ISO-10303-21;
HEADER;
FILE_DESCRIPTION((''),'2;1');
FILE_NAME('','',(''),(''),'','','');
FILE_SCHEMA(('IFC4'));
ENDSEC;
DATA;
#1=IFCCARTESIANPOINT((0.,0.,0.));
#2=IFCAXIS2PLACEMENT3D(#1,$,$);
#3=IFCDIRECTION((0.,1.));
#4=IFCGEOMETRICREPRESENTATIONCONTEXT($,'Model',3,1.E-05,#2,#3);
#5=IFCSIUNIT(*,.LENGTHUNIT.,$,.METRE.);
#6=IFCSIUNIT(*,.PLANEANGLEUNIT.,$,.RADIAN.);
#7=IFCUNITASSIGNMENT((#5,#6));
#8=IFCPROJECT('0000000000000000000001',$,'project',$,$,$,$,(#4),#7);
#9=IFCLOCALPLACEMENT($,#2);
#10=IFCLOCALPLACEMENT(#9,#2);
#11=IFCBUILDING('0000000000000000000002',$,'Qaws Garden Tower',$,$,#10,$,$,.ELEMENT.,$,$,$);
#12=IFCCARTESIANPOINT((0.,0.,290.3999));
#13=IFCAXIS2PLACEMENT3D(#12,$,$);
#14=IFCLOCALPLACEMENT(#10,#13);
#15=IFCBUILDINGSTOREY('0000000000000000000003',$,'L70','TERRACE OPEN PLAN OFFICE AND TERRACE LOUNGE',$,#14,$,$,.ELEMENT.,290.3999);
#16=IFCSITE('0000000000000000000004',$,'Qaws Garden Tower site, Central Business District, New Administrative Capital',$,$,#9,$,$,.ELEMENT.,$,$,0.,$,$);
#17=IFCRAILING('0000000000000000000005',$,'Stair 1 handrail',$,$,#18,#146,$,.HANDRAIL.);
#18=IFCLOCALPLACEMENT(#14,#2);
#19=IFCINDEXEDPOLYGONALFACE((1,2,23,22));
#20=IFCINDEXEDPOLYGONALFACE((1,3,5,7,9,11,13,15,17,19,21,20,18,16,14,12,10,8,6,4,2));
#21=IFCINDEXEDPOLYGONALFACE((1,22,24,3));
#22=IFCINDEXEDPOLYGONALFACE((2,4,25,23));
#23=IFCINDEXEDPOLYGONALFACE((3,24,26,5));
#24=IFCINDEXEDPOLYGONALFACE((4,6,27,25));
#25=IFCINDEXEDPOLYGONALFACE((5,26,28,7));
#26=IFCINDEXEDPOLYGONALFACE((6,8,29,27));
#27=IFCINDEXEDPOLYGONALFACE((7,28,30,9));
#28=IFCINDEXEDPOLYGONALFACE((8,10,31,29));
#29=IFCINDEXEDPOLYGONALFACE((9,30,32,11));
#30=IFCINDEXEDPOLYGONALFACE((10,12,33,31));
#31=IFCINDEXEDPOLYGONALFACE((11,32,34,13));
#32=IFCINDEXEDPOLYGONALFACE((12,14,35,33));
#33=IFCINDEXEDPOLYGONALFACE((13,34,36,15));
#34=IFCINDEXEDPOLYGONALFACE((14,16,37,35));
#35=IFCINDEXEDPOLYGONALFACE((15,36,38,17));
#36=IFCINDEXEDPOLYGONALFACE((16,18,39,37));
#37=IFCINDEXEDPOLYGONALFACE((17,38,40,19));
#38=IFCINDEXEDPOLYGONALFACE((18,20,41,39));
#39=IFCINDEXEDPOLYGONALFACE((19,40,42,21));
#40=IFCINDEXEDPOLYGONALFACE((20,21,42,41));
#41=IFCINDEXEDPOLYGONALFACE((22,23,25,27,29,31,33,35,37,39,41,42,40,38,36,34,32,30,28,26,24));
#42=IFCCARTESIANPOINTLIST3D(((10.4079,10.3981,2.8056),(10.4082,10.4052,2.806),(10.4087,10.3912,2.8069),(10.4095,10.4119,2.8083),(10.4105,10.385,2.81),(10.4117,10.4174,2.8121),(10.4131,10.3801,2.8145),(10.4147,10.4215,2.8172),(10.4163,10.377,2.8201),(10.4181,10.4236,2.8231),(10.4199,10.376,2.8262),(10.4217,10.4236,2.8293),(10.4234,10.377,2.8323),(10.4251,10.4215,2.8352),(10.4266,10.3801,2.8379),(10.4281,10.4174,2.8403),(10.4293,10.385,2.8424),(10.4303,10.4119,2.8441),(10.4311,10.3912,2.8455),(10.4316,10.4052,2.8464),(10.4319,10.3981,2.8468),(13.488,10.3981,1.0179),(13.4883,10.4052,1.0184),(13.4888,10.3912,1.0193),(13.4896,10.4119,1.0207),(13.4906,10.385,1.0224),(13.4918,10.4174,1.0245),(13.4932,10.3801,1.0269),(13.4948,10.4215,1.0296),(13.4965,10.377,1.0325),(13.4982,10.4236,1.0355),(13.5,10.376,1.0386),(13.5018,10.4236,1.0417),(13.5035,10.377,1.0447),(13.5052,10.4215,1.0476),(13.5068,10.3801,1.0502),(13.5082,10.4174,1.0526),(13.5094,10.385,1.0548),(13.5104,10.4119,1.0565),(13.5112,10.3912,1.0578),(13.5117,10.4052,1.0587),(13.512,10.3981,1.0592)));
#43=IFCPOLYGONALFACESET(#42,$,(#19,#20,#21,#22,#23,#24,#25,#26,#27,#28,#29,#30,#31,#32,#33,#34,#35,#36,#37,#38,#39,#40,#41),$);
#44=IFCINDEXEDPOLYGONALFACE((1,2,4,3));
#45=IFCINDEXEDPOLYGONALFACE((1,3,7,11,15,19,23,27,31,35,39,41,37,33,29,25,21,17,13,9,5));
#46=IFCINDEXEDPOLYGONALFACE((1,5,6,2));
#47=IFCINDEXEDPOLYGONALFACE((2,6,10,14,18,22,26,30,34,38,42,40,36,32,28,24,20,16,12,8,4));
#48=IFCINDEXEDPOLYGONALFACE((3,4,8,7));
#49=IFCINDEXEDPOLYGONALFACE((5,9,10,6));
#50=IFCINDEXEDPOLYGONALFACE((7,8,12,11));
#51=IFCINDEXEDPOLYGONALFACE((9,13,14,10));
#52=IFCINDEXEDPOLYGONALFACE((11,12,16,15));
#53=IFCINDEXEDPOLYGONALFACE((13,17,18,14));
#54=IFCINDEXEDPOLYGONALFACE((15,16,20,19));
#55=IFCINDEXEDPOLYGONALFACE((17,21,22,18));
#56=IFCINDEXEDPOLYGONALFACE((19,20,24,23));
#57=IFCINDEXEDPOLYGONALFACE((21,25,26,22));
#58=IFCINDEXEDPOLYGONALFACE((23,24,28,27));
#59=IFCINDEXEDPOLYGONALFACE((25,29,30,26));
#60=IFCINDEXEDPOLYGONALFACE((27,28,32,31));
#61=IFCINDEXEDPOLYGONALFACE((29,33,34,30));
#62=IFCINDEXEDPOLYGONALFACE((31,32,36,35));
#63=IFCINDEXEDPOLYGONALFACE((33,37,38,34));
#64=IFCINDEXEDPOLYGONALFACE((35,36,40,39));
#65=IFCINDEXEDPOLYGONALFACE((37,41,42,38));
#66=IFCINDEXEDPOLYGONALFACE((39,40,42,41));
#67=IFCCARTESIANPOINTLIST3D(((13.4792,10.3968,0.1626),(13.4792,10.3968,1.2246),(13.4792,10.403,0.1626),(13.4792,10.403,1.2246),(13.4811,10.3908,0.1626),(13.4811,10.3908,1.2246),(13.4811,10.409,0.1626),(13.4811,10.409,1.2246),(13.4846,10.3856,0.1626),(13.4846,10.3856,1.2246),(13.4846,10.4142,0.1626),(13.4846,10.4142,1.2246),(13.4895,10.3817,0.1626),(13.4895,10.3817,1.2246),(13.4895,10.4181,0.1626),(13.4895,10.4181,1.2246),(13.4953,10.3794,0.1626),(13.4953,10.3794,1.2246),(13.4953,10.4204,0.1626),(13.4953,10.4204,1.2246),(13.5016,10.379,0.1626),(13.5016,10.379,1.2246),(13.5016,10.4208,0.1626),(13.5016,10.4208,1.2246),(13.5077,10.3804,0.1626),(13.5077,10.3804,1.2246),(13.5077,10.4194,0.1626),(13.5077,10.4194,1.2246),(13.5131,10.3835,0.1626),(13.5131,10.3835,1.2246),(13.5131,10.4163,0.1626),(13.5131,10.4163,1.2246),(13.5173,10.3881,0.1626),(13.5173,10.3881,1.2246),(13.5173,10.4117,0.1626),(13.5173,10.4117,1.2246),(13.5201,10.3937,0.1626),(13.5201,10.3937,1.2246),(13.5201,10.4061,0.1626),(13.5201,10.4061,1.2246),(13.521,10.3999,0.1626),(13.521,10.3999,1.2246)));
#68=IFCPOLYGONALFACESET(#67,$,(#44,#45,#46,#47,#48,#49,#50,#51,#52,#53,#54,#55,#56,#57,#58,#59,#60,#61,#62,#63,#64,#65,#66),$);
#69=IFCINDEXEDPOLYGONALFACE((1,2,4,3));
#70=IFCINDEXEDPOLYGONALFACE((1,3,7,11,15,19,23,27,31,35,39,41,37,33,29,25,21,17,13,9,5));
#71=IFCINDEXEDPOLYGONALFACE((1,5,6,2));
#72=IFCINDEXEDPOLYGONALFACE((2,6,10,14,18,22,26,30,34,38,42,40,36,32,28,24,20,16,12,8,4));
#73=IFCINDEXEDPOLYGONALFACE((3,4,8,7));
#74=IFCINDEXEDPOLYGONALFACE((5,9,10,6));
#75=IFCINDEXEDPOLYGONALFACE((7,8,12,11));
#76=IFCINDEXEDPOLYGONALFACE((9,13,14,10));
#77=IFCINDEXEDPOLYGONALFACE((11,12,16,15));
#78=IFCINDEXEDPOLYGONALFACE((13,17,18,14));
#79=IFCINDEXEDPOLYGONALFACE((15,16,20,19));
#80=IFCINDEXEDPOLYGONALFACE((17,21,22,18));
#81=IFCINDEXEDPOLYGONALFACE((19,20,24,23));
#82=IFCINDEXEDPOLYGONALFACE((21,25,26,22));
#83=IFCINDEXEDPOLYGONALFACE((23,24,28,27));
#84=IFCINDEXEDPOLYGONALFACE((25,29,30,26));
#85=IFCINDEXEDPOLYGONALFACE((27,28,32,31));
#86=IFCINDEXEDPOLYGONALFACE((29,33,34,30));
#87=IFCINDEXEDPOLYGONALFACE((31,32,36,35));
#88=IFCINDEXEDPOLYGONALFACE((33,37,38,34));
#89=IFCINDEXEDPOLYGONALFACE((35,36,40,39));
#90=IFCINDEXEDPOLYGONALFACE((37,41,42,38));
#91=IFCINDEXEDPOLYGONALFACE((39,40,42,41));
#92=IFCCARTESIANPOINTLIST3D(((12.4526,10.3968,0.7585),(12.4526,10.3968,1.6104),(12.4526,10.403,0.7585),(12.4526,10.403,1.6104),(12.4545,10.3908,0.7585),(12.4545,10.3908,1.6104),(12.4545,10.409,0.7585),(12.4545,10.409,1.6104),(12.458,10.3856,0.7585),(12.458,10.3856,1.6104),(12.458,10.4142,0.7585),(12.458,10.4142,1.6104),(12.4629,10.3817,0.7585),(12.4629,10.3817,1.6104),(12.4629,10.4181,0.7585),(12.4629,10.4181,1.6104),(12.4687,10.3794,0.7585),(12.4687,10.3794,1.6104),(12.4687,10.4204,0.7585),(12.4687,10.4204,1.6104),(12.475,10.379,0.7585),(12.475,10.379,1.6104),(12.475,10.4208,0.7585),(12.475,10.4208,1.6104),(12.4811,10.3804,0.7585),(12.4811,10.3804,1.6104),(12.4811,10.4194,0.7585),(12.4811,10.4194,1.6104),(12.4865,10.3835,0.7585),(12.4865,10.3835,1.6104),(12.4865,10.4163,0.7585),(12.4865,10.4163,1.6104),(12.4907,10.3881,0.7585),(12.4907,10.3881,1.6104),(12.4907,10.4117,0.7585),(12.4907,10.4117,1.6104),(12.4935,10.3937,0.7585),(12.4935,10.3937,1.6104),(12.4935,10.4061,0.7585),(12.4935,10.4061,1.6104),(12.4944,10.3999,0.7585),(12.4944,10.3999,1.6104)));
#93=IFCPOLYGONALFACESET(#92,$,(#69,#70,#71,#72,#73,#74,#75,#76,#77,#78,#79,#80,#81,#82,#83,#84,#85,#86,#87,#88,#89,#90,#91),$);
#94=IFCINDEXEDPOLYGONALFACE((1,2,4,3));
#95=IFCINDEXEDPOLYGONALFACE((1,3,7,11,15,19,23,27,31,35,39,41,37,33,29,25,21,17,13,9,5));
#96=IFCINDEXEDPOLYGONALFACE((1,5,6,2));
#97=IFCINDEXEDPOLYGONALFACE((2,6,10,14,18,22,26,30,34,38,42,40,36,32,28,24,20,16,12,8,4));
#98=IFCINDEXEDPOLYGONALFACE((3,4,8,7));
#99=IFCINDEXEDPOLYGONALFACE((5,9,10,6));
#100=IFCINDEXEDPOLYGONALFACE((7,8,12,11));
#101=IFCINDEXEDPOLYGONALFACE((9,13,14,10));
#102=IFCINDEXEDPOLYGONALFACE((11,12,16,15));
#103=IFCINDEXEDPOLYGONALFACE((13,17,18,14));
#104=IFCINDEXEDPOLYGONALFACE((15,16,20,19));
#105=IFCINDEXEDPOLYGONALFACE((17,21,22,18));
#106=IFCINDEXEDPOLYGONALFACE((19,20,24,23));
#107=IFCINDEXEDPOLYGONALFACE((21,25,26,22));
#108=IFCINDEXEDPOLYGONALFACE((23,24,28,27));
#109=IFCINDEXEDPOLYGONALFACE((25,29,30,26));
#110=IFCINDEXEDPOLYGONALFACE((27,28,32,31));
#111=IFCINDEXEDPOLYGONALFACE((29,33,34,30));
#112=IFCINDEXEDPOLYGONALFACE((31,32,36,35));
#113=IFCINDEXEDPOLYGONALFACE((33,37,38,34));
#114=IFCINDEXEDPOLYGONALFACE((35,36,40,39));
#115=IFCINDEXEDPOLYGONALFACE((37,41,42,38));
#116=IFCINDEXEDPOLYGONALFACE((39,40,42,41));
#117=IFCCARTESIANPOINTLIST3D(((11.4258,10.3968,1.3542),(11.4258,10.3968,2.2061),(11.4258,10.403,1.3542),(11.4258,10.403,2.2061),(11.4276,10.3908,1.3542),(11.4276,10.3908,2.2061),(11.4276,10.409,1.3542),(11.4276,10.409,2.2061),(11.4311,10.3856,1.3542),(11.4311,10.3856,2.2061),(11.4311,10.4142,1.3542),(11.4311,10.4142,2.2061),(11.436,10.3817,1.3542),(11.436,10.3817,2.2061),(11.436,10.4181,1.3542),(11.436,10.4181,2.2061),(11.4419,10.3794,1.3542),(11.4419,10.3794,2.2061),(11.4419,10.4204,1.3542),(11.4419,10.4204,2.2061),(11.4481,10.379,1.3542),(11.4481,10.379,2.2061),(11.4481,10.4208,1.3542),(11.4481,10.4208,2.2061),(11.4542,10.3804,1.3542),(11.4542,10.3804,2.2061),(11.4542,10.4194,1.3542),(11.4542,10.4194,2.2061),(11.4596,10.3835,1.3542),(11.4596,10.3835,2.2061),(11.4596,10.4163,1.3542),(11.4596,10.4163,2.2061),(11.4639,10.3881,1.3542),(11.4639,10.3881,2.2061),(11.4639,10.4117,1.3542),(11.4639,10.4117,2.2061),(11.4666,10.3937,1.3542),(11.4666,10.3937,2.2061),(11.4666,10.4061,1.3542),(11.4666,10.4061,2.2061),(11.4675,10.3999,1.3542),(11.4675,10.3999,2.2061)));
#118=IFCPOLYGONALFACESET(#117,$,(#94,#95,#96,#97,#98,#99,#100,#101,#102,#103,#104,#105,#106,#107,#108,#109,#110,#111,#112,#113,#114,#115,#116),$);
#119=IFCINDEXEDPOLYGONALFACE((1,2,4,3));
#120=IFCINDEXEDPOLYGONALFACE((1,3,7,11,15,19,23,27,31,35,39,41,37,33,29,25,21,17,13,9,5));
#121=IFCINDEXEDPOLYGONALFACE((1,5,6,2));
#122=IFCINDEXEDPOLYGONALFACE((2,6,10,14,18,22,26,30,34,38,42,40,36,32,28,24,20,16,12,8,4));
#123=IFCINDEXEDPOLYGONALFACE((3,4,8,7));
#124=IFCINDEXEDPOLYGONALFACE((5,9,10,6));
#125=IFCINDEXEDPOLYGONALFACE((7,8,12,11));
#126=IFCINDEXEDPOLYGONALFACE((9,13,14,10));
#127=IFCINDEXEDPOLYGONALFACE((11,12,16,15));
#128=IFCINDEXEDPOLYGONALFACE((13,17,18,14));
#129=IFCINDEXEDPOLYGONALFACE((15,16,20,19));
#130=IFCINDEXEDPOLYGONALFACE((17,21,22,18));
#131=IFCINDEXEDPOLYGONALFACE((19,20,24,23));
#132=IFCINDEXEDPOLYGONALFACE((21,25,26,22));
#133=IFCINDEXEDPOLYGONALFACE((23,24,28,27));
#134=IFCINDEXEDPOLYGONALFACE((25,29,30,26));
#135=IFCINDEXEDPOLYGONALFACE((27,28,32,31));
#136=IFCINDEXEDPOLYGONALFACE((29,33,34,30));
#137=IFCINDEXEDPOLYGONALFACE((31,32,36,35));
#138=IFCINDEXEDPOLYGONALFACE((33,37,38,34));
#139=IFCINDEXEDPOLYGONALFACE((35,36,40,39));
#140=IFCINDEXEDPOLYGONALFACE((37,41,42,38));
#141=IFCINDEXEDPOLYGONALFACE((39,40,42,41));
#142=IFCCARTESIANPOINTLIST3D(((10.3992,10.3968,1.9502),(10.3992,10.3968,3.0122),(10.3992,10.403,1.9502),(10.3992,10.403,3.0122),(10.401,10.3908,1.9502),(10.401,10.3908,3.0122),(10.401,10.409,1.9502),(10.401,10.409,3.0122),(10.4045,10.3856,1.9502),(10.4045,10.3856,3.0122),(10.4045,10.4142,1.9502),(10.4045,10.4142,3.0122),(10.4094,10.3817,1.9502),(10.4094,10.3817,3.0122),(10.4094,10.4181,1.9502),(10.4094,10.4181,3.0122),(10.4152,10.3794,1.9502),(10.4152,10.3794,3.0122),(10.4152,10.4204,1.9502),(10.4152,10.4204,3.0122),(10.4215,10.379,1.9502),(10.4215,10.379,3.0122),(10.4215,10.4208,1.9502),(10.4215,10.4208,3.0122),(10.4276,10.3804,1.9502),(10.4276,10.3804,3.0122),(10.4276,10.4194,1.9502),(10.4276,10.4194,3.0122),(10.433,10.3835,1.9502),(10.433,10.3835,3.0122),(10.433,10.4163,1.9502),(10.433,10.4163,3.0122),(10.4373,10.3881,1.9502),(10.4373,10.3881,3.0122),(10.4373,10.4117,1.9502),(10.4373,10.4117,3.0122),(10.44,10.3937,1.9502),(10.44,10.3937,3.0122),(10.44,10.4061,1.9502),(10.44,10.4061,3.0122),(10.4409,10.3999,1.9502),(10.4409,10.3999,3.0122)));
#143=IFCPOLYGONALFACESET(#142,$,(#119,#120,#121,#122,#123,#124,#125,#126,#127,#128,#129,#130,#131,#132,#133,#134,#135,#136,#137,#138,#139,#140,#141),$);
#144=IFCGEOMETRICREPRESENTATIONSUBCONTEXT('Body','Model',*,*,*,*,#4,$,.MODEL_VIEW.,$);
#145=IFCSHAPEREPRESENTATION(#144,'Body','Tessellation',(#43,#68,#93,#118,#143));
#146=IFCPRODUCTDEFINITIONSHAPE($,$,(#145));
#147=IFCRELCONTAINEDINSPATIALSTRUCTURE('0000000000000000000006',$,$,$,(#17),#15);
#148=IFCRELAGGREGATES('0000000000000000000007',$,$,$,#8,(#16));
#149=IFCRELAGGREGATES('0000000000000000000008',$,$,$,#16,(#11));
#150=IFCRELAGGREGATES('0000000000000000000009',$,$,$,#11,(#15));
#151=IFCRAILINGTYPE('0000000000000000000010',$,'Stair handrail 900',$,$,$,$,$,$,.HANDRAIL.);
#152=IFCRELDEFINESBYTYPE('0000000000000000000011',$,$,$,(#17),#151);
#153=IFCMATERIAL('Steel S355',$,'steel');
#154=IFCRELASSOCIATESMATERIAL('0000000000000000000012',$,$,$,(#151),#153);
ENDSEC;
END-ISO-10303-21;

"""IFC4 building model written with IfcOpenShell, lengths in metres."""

from ifc_helpers import new_model, si_unit, direction, frame, origin, origin_2d, place, context, subcontext, project, spatial, circle, extrude, material, type_object, element, save


model = new_model("IFC4")

# Units and contexts
model_context = context("Model", 3, precision=1e-05, world=origin(), true_north=direction((0.0, 1.0)))
body_context = subcontext(model_context, "Body", "Model", "MODEL_VIEW")
ifc_project = project(units=[si_unit("LENGTHUNIT", "METRE"), si_unit("PLANEANGLEUNIT", "RADIAN")], contexts=[model_context])

# Site, building, storey
site_placement = place(None, origin())
site = spatial("IfcSite", under=ifc_project, at=site_placement, Name="Qaws Garden Tower site, Central Business District, New Administrative Capital", CompositionType="ELEMENT", RefElevation=0.0)
building_placement = place(site_placement, origin())
building = spatial("IfcBuilding", under=site, at=building_placement, Name="Qaws Garden Tower", CompositionType="ELEMENT")
storey_placement = place(building_placement, frame((0.0, 0.0, 290.3999)))
storey = spatial("IfcBuildingStorey", under=building, at=storey_placement, Name="L70", Description="TERRACE OPEN PLAN OFFICE AND TERRACE LOUNGE", CompositionType="ELEMENT", Elevation=290.3999)

# Railing
ifc_material_1 = material(Name="Steel S355", Category="steel")
railing_type = type_object("IfcRailingType", Name="Stair handrail 900", PredefinedType="HANDRAIL", material=ifc_material_1)
railing_placement = place(storey_placement, frame((13.5, 10.3999, 0.1626)))
element("IfcRailing", 1, at=railing_placement, inside=storey, type_object=railing_type, Name="Stair 1 handrail", PredefinedType="HANDRAIL", context=body_context, shape_type="SweptSolid", body=[
    extrude(circle(Radius=0.0239, at=origin_2d()), frame((0.0, 0.0, 0.876), z_axis=(-0.864891, 0.0, 0.50196), x_axis=(0.0, -1.0, 0.0)), (0.0, 0.0, 1.0), 3.5613),
    extrude(circle(Radius=0.021, at=origin_2d()), origin(), (0.0, 0.0, 1.0), 1.062),
    extrude(circle(Radius=0.021, at=origin_2d()), frame((-1.0266, 0.0, 0.5959)), (0.0, 0.0, 1.0), 0.8518),
    extrude(circle(Radius=0.021, at=origin_2d()), frame((-2.0535, 0.0, 1.1917)), (0.0, 0.0, 1.0), 0.8518),
    extrude(circle(Radius=0.021, at=origin_2d()), frame((-3.0801, 0.0, 1.7876)), (0.0, 0.0, 1.0), 1.062),
])

save(model, "model.ifc")
